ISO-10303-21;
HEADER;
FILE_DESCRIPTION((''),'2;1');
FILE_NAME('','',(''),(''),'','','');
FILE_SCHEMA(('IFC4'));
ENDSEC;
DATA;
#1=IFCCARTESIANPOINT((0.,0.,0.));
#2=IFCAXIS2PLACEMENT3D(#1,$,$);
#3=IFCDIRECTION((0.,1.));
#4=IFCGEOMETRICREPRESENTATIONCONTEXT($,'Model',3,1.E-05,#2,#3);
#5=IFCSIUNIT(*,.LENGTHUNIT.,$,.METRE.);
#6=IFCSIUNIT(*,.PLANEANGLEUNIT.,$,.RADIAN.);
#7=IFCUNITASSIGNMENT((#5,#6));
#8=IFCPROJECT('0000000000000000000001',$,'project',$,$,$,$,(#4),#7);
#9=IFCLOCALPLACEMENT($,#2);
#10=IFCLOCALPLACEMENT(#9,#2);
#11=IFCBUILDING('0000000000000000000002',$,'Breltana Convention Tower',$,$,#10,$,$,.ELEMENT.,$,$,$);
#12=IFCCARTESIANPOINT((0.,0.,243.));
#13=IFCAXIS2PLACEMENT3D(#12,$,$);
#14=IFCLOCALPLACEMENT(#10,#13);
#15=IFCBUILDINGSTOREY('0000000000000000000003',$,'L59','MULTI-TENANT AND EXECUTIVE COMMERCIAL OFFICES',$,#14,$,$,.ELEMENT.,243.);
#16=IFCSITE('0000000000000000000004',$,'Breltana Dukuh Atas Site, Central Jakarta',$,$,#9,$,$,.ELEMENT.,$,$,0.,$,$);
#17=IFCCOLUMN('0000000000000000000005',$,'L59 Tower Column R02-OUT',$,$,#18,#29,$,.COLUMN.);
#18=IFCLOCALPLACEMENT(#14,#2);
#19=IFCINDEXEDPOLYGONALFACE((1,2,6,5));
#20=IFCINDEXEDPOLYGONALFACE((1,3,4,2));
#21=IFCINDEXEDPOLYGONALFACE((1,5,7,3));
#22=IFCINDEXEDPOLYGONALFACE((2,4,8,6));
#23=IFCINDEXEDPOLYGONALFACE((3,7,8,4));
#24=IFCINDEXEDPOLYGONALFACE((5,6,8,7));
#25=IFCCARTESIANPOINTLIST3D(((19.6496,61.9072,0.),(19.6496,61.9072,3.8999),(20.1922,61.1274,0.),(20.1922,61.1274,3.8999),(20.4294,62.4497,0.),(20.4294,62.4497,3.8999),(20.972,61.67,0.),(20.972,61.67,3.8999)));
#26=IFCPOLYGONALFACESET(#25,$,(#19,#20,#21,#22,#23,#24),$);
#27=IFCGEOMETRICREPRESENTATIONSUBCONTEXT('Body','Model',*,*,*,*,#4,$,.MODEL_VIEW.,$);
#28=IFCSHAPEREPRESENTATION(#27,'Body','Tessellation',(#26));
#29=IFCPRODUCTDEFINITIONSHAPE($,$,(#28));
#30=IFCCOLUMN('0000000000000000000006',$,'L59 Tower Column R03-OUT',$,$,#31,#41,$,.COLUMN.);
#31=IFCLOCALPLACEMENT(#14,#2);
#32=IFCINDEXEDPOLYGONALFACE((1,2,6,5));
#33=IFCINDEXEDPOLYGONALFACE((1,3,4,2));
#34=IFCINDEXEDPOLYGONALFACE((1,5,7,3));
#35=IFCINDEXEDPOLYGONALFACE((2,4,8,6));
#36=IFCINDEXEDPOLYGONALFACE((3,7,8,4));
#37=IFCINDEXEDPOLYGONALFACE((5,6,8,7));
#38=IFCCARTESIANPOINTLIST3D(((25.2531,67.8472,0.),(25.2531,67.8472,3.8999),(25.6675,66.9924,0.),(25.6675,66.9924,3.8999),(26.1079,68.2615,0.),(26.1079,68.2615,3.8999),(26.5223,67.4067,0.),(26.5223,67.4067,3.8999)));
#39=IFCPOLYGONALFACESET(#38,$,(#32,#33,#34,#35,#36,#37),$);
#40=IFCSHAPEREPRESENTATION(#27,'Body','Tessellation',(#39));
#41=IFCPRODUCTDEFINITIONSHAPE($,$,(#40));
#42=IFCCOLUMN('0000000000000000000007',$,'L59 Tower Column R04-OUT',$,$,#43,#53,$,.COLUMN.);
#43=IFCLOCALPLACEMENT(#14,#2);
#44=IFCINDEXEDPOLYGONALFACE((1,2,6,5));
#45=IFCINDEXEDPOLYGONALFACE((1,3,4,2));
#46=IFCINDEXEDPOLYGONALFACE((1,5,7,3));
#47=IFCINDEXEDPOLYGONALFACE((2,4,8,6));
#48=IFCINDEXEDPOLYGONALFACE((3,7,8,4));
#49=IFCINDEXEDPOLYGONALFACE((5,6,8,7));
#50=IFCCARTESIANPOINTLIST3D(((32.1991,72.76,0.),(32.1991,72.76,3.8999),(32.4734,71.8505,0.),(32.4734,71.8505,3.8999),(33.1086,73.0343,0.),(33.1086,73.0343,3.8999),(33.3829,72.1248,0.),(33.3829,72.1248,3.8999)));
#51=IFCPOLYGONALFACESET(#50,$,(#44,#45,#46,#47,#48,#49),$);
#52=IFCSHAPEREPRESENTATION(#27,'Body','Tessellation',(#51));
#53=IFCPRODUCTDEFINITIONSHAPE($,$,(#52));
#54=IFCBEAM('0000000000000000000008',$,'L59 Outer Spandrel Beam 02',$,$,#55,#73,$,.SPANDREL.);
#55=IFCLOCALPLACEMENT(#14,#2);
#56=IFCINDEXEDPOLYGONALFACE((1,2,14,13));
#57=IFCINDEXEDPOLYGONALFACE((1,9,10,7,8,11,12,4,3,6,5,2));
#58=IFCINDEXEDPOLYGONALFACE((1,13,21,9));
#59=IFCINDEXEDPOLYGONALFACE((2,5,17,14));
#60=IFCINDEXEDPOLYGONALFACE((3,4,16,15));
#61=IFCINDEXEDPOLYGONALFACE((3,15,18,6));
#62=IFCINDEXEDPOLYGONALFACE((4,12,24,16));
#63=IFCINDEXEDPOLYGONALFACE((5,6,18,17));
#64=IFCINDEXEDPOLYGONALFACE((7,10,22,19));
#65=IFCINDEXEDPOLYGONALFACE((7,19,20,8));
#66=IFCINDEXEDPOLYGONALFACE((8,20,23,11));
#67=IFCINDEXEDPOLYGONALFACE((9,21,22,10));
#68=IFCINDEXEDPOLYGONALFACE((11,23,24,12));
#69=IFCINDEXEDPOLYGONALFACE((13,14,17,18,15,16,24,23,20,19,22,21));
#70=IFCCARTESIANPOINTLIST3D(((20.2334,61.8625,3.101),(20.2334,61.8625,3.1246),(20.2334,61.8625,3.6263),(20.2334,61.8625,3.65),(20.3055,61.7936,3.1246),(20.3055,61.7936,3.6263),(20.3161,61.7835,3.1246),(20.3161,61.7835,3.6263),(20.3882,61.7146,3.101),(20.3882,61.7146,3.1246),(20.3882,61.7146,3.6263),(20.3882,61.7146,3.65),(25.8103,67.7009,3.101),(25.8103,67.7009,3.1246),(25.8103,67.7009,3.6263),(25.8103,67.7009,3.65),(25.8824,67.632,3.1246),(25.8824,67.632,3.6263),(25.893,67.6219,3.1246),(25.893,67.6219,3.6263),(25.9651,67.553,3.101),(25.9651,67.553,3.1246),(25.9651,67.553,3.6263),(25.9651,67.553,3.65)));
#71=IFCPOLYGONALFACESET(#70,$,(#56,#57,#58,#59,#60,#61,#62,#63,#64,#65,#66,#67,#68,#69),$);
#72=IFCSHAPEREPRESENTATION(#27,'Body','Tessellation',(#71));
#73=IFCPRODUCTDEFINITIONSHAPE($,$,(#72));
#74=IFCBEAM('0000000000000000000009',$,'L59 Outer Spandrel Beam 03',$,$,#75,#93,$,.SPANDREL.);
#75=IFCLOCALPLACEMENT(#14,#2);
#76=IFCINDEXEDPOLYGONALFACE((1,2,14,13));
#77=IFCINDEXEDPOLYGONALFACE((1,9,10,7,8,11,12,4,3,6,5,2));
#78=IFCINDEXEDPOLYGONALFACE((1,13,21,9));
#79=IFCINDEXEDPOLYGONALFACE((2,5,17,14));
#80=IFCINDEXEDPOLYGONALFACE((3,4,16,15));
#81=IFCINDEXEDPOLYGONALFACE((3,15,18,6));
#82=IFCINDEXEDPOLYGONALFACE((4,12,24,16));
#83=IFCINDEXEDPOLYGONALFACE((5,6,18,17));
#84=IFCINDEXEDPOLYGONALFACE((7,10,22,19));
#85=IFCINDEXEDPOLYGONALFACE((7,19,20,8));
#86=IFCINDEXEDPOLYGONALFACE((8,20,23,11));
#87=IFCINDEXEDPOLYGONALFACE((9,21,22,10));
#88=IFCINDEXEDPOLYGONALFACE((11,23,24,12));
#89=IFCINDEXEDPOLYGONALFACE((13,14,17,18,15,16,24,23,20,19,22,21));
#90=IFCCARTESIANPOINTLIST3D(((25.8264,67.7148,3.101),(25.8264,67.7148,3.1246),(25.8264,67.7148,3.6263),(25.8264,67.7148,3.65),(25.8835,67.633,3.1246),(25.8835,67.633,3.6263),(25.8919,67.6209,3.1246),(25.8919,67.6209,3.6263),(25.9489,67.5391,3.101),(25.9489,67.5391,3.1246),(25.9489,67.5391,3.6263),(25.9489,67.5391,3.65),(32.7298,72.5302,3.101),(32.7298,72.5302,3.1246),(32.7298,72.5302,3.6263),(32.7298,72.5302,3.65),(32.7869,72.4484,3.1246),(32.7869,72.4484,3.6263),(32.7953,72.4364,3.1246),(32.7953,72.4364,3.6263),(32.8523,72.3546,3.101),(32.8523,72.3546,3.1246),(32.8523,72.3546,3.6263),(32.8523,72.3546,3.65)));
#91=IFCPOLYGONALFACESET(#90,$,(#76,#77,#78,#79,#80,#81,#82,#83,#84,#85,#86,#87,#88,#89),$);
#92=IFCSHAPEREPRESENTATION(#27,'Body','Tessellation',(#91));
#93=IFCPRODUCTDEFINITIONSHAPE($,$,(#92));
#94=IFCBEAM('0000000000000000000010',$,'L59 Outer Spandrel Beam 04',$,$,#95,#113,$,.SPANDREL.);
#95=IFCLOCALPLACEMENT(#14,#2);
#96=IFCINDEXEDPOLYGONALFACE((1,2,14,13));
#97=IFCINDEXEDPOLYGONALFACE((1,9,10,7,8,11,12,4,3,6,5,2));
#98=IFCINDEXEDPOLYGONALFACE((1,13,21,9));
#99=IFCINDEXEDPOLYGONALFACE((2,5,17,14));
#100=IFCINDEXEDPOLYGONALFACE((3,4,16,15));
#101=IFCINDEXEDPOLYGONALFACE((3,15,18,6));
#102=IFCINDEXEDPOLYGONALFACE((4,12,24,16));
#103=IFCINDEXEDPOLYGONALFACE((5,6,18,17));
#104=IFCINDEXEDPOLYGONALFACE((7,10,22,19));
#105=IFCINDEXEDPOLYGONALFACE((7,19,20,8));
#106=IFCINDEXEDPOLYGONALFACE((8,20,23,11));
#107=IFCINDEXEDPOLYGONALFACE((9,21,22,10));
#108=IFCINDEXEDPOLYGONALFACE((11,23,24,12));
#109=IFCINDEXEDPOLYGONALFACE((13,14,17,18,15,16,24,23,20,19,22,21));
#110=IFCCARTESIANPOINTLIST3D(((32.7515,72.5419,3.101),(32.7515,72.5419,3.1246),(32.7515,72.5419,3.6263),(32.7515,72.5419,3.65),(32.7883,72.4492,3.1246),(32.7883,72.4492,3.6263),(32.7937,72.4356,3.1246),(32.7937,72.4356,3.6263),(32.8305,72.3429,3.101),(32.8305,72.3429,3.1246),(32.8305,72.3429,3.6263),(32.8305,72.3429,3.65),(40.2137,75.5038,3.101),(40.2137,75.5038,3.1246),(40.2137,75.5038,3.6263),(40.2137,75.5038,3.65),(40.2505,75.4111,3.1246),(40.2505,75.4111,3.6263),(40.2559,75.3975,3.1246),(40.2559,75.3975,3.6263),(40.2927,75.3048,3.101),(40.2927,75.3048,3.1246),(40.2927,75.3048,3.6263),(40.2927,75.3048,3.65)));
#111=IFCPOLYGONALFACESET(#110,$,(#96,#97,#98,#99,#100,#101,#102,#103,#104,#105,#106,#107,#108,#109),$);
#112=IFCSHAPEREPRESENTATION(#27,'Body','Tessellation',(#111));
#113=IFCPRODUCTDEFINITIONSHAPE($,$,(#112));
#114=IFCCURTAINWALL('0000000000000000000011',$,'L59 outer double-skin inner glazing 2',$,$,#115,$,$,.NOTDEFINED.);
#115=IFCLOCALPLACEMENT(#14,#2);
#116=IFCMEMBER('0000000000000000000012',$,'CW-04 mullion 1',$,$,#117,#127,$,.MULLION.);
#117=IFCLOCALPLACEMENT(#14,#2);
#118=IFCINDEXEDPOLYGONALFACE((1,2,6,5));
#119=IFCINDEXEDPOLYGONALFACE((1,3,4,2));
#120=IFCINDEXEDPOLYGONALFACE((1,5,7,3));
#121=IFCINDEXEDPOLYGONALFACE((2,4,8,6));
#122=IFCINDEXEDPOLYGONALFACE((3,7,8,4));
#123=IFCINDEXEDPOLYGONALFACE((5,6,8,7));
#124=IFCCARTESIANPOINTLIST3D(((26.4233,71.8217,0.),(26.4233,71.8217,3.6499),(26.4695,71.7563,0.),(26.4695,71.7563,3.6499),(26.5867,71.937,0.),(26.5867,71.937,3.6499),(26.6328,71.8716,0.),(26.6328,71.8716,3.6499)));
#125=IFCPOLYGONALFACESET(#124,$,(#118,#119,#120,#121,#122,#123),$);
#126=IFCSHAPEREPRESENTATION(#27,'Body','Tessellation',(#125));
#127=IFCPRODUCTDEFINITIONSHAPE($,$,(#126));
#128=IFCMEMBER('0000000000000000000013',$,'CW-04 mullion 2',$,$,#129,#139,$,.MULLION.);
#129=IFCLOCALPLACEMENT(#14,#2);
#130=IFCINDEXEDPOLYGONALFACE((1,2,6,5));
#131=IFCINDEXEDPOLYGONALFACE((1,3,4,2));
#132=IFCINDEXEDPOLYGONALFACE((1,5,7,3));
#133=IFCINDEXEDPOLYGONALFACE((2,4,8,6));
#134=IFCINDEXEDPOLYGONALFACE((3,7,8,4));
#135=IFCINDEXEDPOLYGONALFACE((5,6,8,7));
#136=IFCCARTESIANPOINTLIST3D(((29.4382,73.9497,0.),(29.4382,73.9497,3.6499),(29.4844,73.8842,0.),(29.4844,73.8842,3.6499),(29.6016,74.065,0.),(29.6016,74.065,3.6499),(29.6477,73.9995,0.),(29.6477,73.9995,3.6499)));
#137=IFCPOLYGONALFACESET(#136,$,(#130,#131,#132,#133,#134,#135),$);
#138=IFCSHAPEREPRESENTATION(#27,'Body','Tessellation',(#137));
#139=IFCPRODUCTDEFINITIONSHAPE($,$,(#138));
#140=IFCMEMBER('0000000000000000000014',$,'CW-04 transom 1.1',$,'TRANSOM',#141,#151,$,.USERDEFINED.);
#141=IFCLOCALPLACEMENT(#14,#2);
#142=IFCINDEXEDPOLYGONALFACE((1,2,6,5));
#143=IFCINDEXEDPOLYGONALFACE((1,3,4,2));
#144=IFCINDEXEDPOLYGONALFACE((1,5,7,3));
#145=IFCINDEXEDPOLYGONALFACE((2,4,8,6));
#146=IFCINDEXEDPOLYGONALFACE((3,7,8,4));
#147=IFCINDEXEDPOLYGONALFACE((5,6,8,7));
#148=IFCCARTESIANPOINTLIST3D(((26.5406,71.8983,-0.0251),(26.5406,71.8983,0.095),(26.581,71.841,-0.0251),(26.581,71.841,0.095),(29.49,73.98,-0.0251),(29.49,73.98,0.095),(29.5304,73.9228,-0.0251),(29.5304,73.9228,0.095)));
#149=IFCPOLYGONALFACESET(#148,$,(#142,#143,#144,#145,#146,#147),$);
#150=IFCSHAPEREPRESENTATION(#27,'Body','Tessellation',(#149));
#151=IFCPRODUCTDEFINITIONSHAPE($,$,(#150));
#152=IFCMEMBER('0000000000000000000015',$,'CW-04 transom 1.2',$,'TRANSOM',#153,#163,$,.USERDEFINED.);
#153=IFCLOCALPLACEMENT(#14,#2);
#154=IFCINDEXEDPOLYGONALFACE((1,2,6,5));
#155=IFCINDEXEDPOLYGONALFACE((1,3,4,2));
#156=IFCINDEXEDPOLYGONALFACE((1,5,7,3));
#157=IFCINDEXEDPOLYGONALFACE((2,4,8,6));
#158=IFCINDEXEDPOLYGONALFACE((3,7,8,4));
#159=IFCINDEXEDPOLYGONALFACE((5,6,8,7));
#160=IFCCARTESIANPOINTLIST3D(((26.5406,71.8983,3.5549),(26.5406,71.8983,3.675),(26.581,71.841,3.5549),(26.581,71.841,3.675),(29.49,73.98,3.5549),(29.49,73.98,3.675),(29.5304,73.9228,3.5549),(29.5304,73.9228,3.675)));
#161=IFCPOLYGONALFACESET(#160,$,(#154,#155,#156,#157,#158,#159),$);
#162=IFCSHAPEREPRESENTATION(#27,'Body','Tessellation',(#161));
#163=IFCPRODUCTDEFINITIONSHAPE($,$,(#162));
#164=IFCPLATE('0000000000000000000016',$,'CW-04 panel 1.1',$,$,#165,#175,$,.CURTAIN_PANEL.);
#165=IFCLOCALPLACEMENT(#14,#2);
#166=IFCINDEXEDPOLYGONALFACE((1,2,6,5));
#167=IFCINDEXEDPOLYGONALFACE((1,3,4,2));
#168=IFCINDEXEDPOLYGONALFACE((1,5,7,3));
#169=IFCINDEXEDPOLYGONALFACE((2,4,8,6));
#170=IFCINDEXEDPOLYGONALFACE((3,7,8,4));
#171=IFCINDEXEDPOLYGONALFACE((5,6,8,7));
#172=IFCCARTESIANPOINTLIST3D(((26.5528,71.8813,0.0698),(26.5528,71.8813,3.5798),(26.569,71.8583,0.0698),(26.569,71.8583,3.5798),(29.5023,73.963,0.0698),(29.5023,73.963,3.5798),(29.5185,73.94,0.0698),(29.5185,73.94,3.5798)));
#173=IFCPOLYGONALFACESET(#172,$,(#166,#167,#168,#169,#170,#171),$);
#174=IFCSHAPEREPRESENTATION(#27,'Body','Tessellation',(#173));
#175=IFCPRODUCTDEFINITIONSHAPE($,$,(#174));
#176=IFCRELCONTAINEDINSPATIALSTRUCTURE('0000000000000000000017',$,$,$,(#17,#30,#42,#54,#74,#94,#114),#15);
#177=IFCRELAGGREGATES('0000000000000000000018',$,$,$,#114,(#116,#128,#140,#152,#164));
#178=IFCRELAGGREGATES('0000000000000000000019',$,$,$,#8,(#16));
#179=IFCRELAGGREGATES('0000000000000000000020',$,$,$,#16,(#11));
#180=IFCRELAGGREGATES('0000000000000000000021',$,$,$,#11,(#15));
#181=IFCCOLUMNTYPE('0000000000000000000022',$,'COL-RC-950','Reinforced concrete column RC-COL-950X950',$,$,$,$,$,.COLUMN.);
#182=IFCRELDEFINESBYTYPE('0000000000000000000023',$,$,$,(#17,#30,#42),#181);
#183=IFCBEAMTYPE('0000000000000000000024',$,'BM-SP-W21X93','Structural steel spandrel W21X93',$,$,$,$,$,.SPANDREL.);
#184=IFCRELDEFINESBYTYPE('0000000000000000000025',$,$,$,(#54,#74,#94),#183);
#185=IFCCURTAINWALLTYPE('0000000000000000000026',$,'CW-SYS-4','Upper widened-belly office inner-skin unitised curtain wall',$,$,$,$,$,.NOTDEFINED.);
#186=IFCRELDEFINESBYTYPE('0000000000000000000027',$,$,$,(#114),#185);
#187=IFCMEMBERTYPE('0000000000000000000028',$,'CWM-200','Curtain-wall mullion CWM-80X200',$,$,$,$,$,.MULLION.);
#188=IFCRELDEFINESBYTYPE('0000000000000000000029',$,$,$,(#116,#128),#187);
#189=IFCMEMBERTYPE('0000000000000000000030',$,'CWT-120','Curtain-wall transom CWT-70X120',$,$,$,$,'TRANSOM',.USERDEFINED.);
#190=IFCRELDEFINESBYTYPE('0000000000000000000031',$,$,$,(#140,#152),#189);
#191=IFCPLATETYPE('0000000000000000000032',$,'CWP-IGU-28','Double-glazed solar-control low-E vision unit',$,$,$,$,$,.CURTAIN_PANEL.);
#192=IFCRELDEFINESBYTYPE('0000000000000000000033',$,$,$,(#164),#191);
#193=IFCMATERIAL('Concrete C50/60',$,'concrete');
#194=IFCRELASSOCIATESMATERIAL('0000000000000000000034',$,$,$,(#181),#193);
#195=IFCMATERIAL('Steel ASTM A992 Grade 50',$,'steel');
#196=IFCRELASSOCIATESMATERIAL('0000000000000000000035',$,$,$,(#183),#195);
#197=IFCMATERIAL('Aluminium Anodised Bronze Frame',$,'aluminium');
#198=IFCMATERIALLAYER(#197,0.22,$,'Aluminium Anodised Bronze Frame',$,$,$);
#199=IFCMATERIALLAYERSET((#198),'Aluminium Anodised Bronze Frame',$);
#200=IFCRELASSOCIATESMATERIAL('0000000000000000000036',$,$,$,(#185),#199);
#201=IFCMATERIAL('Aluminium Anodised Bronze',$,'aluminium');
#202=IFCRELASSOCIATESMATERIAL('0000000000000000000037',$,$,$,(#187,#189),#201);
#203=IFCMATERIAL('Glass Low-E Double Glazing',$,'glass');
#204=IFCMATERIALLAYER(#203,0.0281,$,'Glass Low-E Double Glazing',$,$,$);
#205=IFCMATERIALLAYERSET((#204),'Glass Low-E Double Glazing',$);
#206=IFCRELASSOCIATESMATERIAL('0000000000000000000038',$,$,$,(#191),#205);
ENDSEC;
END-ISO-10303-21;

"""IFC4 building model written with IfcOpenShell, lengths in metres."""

from ifc_helpers import new_model, si_unit, direction, frame, origin, origin_2d, place, context, subcontext, project, spatial, rectangle, i_section, extrude, source, transform, mapped, material, layer, layer_set, material_profile, profile_set, type_object, element, aggregate, save


model = new_model("IFC4")

# Units and contexts
model_context = context("Model", 3, precision=1e-05, world=origin(), true_north=direction((0.0, 1.0)))
body_context = subcontext(model_context, "Body", "Model", "MODEL_VIEW")
ifc_project = project(units=[si_unit("LENGTHUNIT", "METRE"), si_unit("PLANEANGLEUNIT", "RADIAN")], contexts=[model_context])

# Site, building, storey
site_placement = place(None, origin())
site = spatial("IfcSite", under=ifc_project, at=site_placement, Name="Breltana Dukuh Atas Site, Central Jakarta", CompositionType="ELEMENT", RefElevation=0.0)
building_placement = place(site_placement, origin())
building = spatial("IfcBuilding", under=site, at=building_placement, Name="Breltana Convention Tower", CompositionType="ELEMENT")
storey_placement = place(building_placement, frame((0.0, 0.0, 243.0)))
storey = spatial("IfcBuildingStorey", under=building, at=storey_placement, Name="L59", Description="MULTI-TENANT AND EXECUTIVE COMMERCIAL OFFICES", CompositionType="ELEMENT", Elevation=243.0)

# Columns
ifc_material_1 = material(Name="Concrete C50/60", Category="concrete")
ifc_material_profile_1 = material_profile(ifc_material_1, rectangle(XDim=0.95, YDim=0.95, at=origin_2d()), Name="RC-COL-950X950")
ifc_profile_set_1 = profile_set([ifc_material_profile_1], Name="Concrete C50/60")
column_type = type_object("IfcColumnType", Name="COL-RC-950", Description="Reinforced concrete column RC-COL-950X950", PredefinedType="COLUMN", material=ifc_profile_set_1)
shared_shape_1 = source(origin(), body_context, "Body", "SweptSolid", [
    extrude(rectangle(XDim=0.95, YDim=0.95, at=origin_2d()), origin(), (0.0, 0.0, 1.0), 3.8999),
])
for number, where, z_axis, x_axis, name in (
    (1, (20.3108, 61.7886, 0.0), (0.0, 0.0, 1.0), (-0.571143, 0.82085, 0.0), "L59 Tower Column R02-OUT"),
    (2, (25.8877, 67.627, 0.0), (0.0, 0.0, 1.0), (-0.436174, 0.899863, 0.0), "L59 Tower Column R03-OUT"),
    (3, (32.791, 72.4424, 0.0), (0.0, 0.0, 1.0), (-0.288698, 0.95742, 0.0), "L59 Tower Column R04-OUT"),
):
    element("IfcColumn", number, at=place(storey_placement, frame(where, z_axis=z_axis, x_axis=x_axis)), inside=storey, type_object=column_type, Name=name, PredefinedType="COLUMN", context=body_context, shape_type="MappedRepresentation", body=[
        mapped(shared_shape_1, transform((0.0, 0.0, 0.0), scale=1.0)),
    ])

# Beams
ifc_material_2 = material(Name="Steel ASTM A992 Grade 50", Category="steel")
ifc_material_profile_2 = material_profile(ifc_material_2, i_section(OverallWidth=0.2141, OverallDepth=0.5491, WebThickness=0.0146, FlangeThickness=0.0237, at=origin_2d()), Name="W21X93")
ifc_profile_set_2 = profile_set([ifc_material_profile_2], Name="Steel ASTM A992 Grade 50")
beam_type = type_object("IfcBeamType", Name="BM-SP-W21X93", Description="Structural steel spandrel W21X93", PredefinedType="SPANDREL", material=ifc_profile_set_2)
shared_shape_2 = source(origin(), body_context, "Body", "SweptSolid", [
    extrude(i_section(OverallWidth=0.2141, OverallDepth=0.5491, WebThickness=0.0146, FlangeThickness=0.0237, at=origin_2d()), origin(), (0.0, 0.0, 1.0), 8.074),
])
beam_1_placement = place(storey_placement, frame((20.3108, 61.7886, 3.3755), z_axis=(0.690729, 0.723114, 0.0), x_axis=(-0.723114, 0.690729, 0.0)))
element("IfcBeam", 4, at=beam_1_placement, inside=storey, type_object=beam_type, Name="L59 Outer Spandrel Beam 02", PredefinedType="SPANDREL", context=body_context, shape_type="MappedRepresentation", body=[
    mapped(shared_shape_2, transform((0.0, 0.0, 0.0), scale=1.0)),
])
shared_shape_3 = source(origin(), body_context, "Body", "SweptSolid", [
    extrude(i_section(OverallWidth=0.2141, OverallDepth=0.5491, WebThickness=0.0146, FlangeThickness=0.0237, at=origin_2d()), origin(), (0.0, 0.0, 1.0), 8.417),
])
beam_2_placement = place(storey_placement, frame((25.8877, 67.627, 3.3755), z_axis=(0.820174, 0.572114, 0.0), x_axis=(-0.572114, 0.820174, 0.0)))
element("IfcBeam", 5, at=beam_2_placement, inside=storey, type_object=beam_type, Name="L59 Outer Spandrel Beam 03", PredefinedType="SPANDREL", context=body_context, shape_type="MappedRepresentation", body=[
    mapped(shared_shape_3, transform((0.0, 0.0, 0.0), scale=1.0)),
])
shared_shape_4 = source(origin(), body_context, "Body", "SweptSolid", [
    extrude(i_section(OverallWidth=0.2141, OverallDepth=0.5491, WebThickness=0.0146, FlangeThickness=0.0237, at=origin_2d()), origin(), (0.0, 0.0, 1.0), 8.0286),
])
beam_3_placement = place(storey_placement, frame((32.791, 72.4424, 3.3755), z_axis=(0.929459, 0.368925, 0.0), x_axis=(-0.368925, 0.929459, 0.0)))
element("IfcBeam", 6, at=beam_3_placement, inside=storey, type_object=beam_type, Name="L59 Outer Spandrel Beam 04", PredefinedType="SPANDREL", context=body_context, shape_type="MappedRepresentation", body=[
    mapped(shared_shape_4, transform((0.0, 0.0, 0.0), scale=1.0)),
])

# Curtain wall, members, plate
ifc_material_3 = material(Name="Aluminium Anodised Bronze Frame", Category="aluminium")
ifc_layer_1 = layer(ifc_material_3, 0.22, Name="Aluminium Anodised Bronze Frame")
ifc_layer_set_1 = layer_set([ifc_layer_1], Name="Aluminium Anodised Bronze Frame")
curtain_wall_type = type_object("IfcCurtainWallType", Name="CW-SYS-4", Description="Upper widened-belly office inner-skin unitised curtain wall", PredefinedType="NOTDEFINED", material=ifc_layer_set_1)
curtain_wall_placement = place(storey_placement, origin())
curtain_wall = element("IfcCurtainWall", 7, at=curtain_wall_placement, inside=storey, type_object=curtain_wall_type, Name="L59 outer double-skin inner glazing 2", PredefinedType="NOTDEFINED")
ifc_material_4 = material(Name="Aluminium Anodised Bronze", Category="aluminium")
ifc_material_profile_3 = material_profile(ifc_material_4, rectangle(XDim=0.0801, YDim=0.2, at=origin_2d()), Name="CWM-80X200")
ifc_profile_set_3 = profile_set([ifc_material_profile_3], Name="Aluminium Anodised Bronze")
member_type_1 = type_object("IfcMemberType", Name="CWM-200", Description="Curtain-wall mullion CWM-80X200", PredefinedType="MULLION", material=ifc_profile_set_3)
shared_shape_5 = source(origin(), body_context, "Body", "SweptSolid", [
    extrude(rectangle(XDim=0.0801, YDim=0.2, at=origin_2d()), origin(), (0.0, 0.0, 1.0), 3.6499),
])
member_1_placement = place(storey_placement, frame((26.5281, 71.8467, 0.0), z_axis=(0.0, 0.0, 1.0), x_axis=(-0.576625, 0.817009, 0.0)))
member_1 = element("IfcMember", 8, at=member_1_placement, type_object=member_type_1, Name="CW-04 mullion 1", PredefinedType="MULLION", context=body_context, shape_type="MappedRepresentation", body=[
    mapped(shared_shape_5, transform((0.0, 0.0, 0.0), scale=1.0)),
])
member_2_placement = place(storey_placement, frame((29.543, 73.9746, 0.0), z_axis=(0.0, 0.0, 1.0), x_axis=(-0.576625, 0.817009, 0.0)))
member_2 = element("IfcMember", 9, at=member_2_placement, type_object=member_type_1, Name="CW-04 mullion 2", PredefinedType="MULLION", context=body_context, shape_type="MappedRepresentation", body=[
    mapped(shared_shape_5, transform((0.0, 0.0, 0.0), scale=1.0)),
])
ifc_material_profile_4 = material_profile(ifc_material_4, rectangle(XDim=0.0701, YDim=0.1201, at=origin_2d()), Name="CWT-70X120")
ifc_profile_set_4 = profile_set([ifc_material_profile_4], Name="Aluminium Anodised Bronze")
member_type_2 = type_object("IfcMemberType", Name="CWT-120", Description="Curtain-wall transom CWT-70X120", ElementType="TRANSOM", PredefinedType="USERDEFINED", material=ifc_profile_set_4)
shared_shape_6 = source(origin(), body_context, "Body", "SweptSolid", [
    extrude(rectangle(XDim=0.0701, YDim=0.1201, at=origin_2d()), origin(), (0.0, 0.0, 1.0), 3.6101),
])
member_3_placement = place(storey_placement, frame((26.5608, 71.8696, 0.0349), z_axis=(0.816992, 0.576649, 0.0), x_axis=(-0.576649, 0.816992, 0.0)))
member_3 = element("IfcMember", 10, at=member_3_placement, type_object=member_type_2, Name="CW-04 transom 1.1", ObjectType="TRANSOM", PredefinedType="USERDEFINED", context=body_context, shape_type="MappedRepresentation", body=[
    mapped(shared_shape_6, transform((0.0, 0.0, 0.0), scale=1.0)),
])
member_4_placement = place(storey_placement, frame((26.5608, 71.8696, 3.615), z_axis=(0.816992, 0.576649, 0.0), x_axis=(-0.576649, 0.816992, 0.0)))
member_4 = element("IfcMember", 11, at=member_4_placement, type_object=member_type_2, Name="CW-04 transom 1.2", ObjectType="TRANSOM", PredefinedType="USERDEFINED", context=body_context, shape_type="MappedRepresentation", body=[
    mapped(shared_shape_6, transform((0.0, 0.0, 0.0), scale=1.0)),
])
ifc_material_5 = material(Name="Glass Low-E Double Glazing", Category="glass")
ifc_layer_2 = layer(ifc_material_5, 0.0281, Name="Glass Low-E Double Glazing")
ifc_layer_set_2 = layer_set([ifc_layer_2], Name="Glass Low-E Double Glazing")
plate_type = type_object("IfcPlateType", Name="CWP-IGU-28", Description="Double-glazed solar-control low-E vision unit", PredefinedType="CURTAIN_PANEL", material=ifc_layer_set_2)
shared_shape_7 = source(origin(), body_context, "Body", "SweptSolid", [
    extrude(rectangle(XDim=3.6101, YDim=0.0281, at=origin_2d()), origin(), (0.0, 0.0, 1.0), 3.51),
])
plate_placement = place(storey_placement, frame((28.0356, 72.9106, 0.0698), z_axis=(0.0, 0.0, 1.0), x_axis=(0.817009, 0.576625, 0.0)))
plate = element("IfcPlate", 12, at=plate_placement, type_object=plate_type, Name="CW-04 panel 1.1", PredefinedType="CURTAIN_PANEL", context=body_context, shape_type="MappedRepresentation", body=[
    mapped(shared_shape_7, transform((0.0, 0.0, 0.0), scale=1.0)),
])
aggregate(curtain_wall, [member_1, member_2, member_3, member_4, plate])

save(model, "model.ifc")
